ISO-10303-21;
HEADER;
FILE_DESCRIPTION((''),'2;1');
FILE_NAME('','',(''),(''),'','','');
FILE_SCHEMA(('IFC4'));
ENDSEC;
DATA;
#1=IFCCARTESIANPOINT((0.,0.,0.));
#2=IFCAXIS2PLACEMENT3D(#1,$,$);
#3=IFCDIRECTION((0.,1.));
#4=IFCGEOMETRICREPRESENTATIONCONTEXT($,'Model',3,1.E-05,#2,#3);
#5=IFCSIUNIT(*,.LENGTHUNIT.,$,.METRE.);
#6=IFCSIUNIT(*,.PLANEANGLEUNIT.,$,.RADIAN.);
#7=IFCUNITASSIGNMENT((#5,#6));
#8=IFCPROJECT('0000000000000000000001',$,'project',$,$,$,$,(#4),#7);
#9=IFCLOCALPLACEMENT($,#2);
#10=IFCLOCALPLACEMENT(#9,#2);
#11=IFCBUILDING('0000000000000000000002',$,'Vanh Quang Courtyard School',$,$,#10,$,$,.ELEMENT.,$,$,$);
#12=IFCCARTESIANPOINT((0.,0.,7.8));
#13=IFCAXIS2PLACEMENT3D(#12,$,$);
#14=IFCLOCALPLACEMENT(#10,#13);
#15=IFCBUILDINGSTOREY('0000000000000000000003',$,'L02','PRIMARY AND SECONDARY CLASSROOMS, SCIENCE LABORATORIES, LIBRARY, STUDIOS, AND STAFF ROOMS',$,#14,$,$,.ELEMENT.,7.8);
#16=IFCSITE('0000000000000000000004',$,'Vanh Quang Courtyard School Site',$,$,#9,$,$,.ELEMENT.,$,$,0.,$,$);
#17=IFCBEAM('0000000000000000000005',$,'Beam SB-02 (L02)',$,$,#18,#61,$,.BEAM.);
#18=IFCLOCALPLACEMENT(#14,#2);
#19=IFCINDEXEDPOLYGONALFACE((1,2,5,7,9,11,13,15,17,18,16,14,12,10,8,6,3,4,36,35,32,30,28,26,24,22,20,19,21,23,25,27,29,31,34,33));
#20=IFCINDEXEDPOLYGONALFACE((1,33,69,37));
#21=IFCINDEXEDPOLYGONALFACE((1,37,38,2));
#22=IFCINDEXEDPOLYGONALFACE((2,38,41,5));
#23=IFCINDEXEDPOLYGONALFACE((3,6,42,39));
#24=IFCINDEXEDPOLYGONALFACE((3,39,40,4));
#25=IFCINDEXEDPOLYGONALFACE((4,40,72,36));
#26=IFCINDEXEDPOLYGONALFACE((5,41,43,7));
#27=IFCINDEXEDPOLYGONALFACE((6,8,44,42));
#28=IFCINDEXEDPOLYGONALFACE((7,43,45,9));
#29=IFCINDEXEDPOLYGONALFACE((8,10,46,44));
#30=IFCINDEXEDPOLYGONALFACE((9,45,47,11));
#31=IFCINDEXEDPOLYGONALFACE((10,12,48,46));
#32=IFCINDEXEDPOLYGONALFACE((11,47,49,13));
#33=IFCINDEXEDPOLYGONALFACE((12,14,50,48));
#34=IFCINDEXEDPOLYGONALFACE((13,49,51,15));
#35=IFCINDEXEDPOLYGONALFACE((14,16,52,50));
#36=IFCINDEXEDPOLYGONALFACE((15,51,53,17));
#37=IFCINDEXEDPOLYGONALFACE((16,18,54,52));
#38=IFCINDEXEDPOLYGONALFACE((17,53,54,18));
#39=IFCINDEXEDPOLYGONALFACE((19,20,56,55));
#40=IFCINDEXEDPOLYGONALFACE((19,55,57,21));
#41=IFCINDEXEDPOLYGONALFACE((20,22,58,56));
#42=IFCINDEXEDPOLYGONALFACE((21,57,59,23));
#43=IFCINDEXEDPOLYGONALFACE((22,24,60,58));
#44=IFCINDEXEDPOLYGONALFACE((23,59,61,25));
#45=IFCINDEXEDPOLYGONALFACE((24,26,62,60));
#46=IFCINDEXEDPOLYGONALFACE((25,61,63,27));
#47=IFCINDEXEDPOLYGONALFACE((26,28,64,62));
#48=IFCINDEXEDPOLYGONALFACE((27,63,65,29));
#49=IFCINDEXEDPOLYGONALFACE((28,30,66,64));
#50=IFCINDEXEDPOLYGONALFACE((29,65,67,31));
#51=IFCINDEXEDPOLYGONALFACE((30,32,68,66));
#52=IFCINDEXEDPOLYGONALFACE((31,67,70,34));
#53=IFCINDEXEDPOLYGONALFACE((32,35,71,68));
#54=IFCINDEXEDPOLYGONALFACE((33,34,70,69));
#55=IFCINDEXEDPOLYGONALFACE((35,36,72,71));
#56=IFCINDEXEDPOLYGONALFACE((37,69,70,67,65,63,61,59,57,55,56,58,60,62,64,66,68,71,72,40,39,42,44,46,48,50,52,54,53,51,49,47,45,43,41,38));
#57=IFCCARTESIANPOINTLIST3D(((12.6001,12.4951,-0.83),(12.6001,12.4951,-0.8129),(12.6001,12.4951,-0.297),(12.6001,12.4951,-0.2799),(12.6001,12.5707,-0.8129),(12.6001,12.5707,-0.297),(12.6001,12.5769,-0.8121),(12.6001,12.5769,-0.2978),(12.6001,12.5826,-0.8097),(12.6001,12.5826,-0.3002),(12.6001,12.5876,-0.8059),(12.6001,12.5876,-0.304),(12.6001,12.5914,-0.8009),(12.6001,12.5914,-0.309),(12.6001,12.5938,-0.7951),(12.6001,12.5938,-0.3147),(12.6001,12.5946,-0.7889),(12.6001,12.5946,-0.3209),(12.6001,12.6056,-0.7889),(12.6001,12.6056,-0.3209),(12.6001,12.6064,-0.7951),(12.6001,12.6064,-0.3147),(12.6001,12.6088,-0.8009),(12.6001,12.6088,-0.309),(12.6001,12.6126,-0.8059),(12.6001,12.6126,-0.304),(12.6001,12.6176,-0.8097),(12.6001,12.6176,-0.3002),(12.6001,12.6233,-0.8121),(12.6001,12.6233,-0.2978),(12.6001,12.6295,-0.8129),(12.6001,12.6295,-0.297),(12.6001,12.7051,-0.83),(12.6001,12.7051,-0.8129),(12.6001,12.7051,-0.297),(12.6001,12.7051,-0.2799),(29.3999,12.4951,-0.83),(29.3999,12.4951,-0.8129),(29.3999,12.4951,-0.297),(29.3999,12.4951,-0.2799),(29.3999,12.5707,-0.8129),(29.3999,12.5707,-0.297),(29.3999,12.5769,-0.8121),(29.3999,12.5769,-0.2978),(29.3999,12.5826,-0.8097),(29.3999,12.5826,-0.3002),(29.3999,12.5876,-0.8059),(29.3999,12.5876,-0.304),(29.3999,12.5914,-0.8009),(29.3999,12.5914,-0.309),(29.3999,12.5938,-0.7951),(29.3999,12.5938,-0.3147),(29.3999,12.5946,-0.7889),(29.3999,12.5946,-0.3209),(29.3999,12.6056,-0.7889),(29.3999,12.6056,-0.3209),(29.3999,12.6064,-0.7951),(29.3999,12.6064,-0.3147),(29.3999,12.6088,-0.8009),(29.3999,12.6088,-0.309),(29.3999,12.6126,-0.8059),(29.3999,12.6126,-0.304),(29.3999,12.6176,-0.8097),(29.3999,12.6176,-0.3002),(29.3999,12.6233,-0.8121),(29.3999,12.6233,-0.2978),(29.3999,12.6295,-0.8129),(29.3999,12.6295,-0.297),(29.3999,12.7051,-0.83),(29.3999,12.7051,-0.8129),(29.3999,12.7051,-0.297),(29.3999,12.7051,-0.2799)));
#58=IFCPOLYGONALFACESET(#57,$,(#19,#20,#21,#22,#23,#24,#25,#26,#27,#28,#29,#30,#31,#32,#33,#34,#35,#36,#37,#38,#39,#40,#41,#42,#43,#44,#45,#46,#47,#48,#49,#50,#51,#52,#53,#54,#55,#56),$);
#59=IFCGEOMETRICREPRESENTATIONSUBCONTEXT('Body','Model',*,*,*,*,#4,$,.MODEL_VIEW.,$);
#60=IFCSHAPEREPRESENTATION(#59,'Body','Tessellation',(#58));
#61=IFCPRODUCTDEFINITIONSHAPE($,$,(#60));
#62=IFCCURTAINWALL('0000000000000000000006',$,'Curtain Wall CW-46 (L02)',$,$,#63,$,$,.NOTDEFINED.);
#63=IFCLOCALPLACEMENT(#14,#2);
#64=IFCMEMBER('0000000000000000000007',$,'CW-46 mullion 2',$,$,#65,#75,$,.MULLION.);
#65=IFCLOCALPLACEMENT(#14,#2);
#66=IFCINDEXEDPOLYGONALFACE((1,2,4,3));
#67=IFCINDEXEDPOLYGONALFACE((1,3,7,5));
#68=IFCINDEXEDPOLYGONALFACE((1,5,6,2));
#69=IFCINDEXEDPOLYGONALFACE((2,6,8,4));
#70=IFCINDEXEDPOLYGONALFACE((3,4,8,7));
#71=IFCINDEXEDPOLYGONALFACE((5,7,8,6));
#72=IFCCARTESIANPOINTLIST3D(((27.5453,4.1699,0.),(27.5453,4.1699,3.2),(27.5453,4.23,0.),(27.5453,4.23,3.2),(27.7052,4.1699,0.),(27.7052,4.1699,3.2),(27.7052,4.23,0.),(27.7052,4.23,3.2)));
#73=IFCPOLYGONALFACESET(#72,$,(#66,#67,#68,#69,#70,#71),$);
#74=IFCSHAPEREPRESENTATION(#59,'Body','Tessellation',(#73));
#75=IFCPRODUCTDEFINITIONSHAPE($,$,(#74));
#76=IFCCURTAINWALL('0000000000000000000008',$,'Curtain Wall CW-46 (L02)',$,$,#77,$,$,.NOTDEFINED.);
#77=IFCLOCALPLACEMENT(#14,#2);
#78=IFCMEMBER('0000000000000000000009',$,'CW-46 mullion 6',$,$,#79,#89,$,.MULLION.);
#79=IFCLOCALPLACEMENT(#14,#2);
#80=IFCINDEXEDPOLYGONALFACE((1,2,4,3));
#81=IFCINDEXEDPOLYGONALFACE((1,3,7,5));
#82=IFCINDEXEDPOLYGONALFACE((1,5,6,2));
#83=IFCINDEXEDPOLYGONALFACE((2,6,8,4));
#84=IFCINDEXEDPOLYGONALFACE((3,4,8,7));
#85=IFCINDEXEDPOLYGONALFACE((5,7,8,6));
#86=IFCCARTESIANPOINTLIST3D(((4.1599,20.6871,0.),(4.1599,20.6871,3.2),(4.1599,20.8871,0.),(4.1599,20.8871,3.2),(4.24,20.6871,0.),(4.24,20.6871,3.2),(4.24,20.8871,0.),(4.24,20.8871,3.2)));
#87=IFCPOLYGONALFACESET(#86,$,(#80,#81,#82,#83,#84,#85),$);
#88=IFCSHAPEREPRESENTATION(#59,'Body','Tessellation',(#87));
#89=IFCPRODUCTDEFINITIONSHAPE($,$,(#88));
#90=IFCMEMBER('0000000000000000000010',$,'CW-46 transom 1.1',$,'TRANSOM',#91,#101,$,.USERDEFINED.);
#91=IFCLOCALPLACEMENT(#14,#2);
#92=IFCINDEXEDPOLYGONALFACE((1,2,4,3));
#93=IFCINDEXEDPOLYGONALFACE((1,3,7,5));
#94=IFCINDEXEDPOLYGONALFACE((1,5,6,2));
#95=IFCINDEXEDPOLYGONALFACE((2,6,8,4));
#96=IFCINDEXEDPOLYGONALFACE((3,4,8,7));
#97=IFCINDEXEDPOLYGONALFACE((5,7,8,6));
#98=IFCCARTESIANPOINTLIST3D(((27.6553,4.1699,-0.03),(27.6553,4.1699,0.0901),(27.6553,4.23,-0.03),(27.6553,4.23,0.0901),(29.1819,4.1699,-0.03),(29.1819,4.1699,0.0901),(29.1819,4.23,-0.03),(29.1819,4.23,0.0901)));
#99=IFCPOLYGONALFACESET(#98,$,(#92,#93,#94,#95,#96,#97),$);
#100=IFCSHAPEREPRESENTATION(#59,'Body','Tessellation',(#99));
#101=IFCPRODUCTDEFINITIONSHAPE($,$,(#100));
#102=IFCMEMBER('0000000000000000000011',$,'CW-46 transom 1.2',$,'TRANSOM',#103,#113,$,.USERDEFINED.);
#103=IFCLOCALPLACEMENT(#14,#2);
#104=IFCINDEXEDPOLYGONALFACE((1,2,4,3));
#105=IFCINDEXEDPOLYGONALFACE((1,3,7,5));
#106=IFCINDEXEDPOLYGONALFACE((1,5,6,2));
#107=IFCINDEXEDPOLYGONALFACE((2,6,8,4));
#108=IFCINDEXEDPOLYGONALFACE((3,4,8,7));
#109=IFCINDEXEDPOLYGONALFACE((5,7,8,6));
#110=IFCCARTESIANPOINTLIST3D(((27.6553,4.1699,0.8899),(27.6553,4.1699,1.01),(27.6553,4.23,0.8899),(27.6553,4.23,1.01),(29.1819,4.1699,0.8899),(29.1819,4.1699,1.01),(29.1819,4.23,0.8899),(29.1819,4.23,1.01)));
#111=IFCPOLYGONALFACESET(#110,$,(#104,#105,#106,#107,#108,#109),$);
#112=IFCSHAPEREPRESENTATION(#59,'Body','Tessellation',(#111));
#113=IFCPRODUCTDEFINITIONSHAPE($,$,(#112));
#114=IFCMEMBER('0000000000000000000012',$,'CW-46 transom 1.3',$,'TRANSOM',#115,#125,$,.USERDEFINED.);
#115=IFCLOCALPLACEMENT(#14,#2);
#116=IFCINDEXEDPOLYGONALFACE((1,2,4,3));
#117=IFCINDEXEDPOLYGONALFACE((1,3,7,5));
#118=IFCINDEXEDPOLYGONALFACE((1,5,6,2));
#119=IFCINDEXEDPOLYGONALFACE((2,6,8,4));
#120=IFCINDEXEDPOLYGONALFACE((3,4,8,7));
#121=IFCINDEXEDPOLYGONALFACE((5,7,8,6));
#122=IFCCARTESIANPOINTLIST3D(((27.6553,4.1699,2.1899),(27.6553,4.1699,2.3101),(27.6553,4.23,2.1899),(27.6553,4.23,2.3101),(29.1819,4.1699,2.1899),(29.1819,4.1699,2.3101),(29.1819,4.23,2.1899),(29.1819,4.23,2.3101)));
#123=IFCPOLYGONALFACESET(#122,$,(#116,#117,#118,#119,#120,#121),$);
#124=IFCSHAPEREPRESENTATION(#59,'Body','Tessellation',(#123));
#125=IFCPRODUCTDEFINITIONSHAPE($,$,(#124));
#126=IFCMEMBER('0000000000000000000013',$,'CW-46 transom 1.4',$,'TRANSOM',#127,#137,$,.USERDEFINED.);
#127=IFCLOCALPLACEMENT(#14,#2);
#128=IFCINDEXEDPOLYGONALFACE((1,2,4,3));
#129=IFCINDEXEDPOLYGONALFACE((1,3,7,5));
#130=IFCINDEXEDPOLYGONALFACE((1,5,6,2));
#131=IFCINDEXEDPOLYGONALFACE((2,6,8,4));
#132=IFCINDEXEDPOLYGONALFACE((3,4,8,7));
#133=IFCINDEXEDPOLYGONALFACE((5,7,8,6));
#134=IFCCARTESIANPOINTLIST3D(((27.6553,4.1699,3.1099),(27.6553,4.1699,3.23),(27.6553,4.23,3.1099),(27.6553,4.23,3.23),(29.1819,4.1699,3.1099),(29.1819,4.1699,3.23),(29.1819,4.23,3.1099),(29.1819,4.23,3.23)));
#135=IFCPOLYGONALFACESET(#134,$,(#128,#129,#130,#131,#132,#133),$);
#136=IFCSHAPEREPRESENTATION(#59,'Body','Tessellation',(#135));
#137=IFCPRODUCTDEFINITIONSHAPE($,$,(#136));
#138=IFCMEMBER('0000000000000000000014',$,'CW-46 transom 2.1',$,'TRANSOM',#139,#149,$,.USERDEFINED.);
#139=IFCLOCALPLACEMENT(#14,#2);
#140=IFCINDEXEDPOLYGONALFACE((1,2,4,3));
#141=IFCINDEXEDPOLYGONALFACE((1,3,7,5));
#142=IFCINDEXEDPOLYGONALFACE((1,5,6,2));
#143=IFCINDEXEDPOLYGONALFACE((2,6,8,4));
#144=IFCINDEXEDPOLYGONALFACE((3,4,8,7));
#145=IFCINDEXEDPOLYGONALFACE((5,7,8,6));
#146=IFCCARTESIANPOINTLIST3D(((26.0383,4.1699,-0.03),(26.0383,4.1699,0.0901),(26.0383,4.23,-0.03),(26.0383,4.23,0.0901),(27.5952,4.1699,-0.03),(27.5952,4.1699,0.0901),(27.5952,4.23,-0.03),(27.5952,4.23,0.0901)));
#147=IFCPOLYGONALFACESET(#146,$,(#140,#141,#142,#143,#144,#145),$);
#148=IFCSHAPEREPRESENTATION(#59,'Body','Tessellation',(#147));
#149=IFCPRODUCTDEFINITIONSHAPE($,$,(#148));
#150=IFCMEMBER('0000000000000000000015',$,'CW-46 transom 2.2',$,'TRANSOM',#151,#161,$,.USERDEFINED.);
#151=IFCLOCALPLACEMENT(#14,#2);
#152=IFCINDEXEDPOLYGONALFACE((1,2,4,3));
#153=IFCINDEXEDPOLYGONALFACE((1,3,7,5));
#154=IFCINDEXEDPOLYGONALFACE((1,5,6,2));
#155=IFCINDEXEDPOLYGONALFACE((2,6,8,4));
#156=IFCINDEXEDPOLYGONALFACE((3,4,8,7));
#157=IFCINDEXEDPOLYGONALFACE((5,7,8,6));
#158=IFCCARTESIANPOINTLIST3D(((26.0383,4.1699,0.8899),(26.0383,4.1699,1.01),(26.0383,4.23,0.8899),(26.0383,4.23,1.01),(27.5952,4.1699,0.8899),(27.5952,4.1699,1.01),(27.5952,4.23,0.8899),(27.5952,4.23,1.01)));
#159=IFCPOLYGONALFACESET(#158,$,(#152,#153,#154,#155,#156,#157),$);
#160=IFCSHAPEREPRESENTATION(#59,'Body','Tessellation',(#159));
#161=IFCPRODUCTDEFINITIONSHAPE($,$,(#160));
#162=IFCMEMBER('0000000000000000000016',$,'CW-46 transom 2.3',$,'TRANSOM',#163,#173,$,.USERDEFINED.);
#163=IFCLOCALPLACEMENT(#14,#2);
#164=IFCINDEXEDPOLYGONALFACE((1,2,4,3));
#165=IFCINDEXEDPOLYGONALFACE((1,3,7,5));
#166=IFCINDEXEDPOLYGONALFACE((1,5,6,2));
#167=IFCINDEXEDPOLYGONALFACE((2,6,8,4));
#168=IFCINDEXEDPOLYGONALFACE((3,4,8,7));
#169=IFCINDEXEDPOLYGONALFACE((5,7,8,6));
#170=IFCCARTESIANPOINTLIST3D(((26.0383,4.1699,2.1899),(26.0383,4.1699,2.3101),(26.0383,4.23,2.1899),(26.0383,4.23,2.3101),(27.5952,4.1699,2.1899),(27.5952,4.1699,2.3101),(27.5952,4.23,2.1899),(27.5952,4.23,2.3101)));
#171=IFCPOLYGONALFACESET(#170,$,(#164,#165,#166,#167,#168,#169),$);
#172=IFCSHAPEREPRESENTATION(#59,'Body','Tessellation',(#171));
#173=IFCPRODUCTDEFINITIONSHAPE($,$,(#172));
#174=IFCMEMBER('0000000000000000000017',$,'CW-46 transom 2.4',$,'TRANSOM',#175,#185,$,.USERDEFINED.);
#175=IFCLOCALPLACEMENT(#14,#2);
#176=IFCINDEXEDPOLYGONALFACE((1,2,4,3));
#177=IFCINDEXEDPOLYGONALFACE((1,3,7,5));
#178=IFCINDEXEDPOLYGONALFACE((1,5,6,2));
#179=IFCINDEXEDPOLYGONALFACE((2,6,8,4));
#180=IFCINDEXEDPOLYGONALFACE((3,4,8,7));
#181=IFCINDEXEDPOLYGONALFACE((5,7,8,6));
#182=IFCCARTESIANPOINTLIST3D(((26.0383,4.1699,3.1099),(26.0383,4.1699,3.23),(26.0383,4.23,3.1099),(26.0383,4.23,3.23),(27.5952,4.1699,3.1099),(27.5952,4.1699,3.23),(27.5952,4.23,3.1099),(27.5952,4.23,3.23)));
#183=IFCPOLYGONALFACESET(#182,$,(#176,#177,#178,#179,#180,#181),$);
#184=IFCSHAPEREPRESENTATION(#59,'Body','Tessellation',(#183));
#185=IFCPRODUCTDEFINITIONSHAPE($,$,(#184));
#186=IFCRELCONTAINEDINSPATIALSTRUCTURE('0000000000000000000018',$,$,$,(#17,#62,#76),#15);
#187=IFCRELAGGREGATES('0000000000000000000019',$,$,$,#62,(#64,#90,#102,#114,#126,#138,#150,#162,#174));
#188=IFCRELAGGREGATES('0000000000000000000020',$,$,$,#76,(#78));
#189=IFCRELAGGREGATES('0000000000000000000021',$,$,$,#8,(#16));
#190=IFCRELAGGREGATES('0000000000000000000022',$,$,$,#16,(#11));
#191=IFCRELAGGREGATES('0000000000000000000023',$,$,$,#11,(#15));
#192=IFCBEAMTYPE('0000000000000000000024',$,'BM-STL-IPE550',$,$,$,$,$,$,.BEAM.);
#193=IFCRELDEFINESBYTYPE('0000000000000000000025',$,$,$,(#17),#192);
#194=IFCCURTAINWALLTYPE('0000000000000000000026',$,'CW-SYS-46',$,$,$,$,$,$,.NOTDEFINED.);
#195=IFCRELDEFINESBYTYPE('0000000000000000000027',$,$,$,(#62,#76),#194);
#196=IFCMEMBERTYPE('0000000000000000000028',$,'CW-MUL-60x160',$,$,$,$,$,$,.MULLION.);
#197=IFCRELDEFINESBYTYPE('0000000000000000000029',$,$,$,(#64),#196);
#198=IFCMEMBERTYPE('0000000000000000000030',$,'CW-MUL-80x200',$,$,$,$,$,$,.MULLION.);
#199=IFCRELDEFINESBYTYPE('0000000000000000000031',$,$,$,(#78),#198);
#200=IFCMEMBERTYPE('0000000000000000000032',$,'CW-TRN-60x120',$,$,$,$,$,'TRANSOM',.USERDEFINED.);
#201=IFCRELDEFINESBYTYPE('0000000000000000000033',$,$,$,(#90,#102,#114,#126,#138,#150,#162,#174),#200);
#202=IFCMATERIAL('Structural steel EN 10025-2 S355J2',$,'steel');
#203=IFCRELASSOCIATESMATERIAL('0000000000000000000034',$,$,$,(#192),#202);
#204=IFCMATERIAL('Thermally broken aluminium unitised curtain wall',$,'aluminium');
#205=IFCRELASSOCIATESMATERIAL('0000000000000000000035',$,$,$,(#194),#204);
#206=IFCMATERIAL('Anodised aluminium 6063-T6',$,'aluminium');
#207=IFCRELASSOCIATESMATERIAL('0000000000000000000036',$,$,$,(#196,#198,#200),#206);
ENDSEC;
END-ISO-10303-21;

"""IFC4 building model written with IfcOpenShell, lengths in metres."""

from ifc_helpers import new_model, si_unit, direction, frame, origin, origin_2d, place, context, subcontext, project, spatial, rectangle, i_section, extrude, material, material_profile, profile_set, type_object, element, aggregate, save


model = new_model("IFC4")

# Units and contexts
model_context = context("Model", 3, precision=1e-05, world=origin(), true_north=direction((0.0, 1.0)))
body_context = subcontext(model_context, "Body", "Model", "MODEL_VIEW")
ifc_project = project(units=[si_unit("LENGTHUNIT", "METRE"), si_unit("PLANEANGLEUNIT", "RADIAN")], contexts=[model_context])

# Site, building, storey
site_placement = place(None, origin())
site = spatial("IfcSite", under=ifc_project, at=site_placement, Name="Vanh Quang Courtyard School Site", CompositionType="ELEMENT", RefElevation=0.0)
building_placement = place(site_placement, origin())
building = spatial("IfcBuilding", under=site, at=building_placement, Name="Vanh Quang Courtyard School", CompositionType="ELEMENT")
storey_placement = place(building_placement, frame((0.0, 0.0, 7.8)))
storey = spatial("IfcBuildingStorey", under=building, at=storey_placement, Name="L02", Description="PRIMARY AND SECONDARY CLASSROOMS, SCIENCE LABORATORIES, LIBRARY, STUDIOS, AND STAFF ROOMS", CompositionType="ELEMENT", Elevation=7.8)

# Shared definitions
ifc_material_1 = material(Name="Structural steel EN 10025-2 S355J2", Category="steel")

# Beam
ifc_material_profile_1 = material_profile(ifc_material_1, i_section(OverallWidth=0.21, OverallDepth=0.55, WebThickness=0.011, FlangeThickness=0.0171, FilletRadius=0.0239, at=origin_2d()), Name="IPE 550")
ifc_profile_set_1 = profile_set([ifc_material_profile_1], Name="Structural steel EN 10025-2 S355J2")
beam_type_1 = type_object("IfcBeamType", Name="BM-STL-IPE550", PredefinedType="BEAM", material=ifc_profile_set_1)
beam_1_placement = place(storey_placement, frame((12.6001, 12.6001, -0.5549), z_axis=(1.0, 0.0, 0.0), x_axis=(0.0, 1.0, 0.0)))
element("IfcBeam", 1, at=beam_1_placement, inside=storey, type_object=beam_type_1, Name="Beam SB-02 (L02)", PredefinedType="BEAM", context=body_context, shape_type="SweptSolid", body=[
    extrude(i_section(OverallWidth=0.21, OverallDepth=0.55, WebThickness=0.011, FlangeThickness=0.0171, FilletRadius=0.0239, at=origin_2d()), origin(), (0.0, 0.0, 1.0), 16.7998),
])

# Curtain walls, members
ifc_material_2 = material(Name="Thermally broken aluminium unitised curtain wall", Category="aluminium")
curtain_wall_type = type_object("IfcCurtainWallType", Name="CW-SYS-46", PredefinedType="NOTDEFINED", material=ifc_material_2)
curtain_wall_1_placement = place(storey_placement, origin())
curtain_wall_1 = element("IfcCurtainWall", 2, at=curtain_wall_1_placement, inside=storey, type_object=curtain_wall_type, Name="Curtain Wall CW-46 (L02)", PredefinedType="NOTDEFINED")
ifc_material_3 = material(Name="Anodised aluminium 6063-T6", Category="aluminium")
ifc_material_profile_2 = material_profile(ifc_material_3, rectangle(XDim=0.0601, YDim=0.1599, at=origin_2d()), Name="ALU-MUL 60x160")
ifc_profile_set_2 = profile_set([ifc_material_profile_2], Name="Anodised aluminium 6063-T6")
member_type_1 = type_object("IfcMemberType", Name="CW-MUL-60x160", PredefinedType="MULLION", material=ifc_profile_set_2)
member_1_placement = place(storey_placement, frame((27.6252, 4.2, 0.0), z_axis=(0.0, 0.0, 1.0), x_axis=(0.0, -1.0, 0.0)))
member_1 = element("IfcMember", 3, at=member_1_placement, type_object=member_type_1, Name="CW-46 mullion 2", PredefinedType="MULLION", context=body_context, shape_type="SweptSolid", body=[
    extrude(rectangle(XDim=0.0601, YDim=0.1599, at=origin_2d()), origin(), (0.0, 0.0, 1.0), 3.2),
])
curtain_wall_2_placement = place(storey_placement, origin())
curtain_wall_2 = element("IfcCurtainWall", 4, at=curtain_wall_2_placement, inside=storey, type_object=curtain_wall_type, Name="Curtain Wall CW-46 (L02)", PredefinedType="NOTDEFINED")
ifc_material_profile_3 = material_profile(ifc_material_3, rectangle(XDim=0.0801, YDim=0.2, at=origin_2d()), Name="ALU-MUL 80x200")
ifc_profile_set_3 = profile_set([ifc_material_profile_3], Name="Anodised aluminium 6063-T6")
member_type_2 = type_object("IfcMemberType", Name="CW-MUL-80x200", PredefinedType="MULLION", material=ifc_profile_set_3)
member_2_placement = place(storey_placement, frame((4.2, 20.7871, 0.0), z_axis=(0.0, 0.0, 1.0), x_axis=(-1.0, 0.0, 0.0)))
member_2 = element("IfcMember", 5, at=member_2_placement, type_object=member_type_2, Name="CW-46 mullion 6", PredefinedType="MULLION", context=body_context, shape_type="SweptSolid", body=[
    extrude(rectangle(XDim=0.0801, YDim=0.2, at=origin_2d()), origin(), (0.0, 0.0, 1.0), 3.2),
])

# Members
ifc_material_profile_4 = material_profile(ifc_material_3, rectangle(XDim=0.0601, YDim=0.1201, at=origin_2d()), Name="ALU-TRN 60x120")
ifc_profile_set_4 = profile_set([ifc_material_profile_4], Name="Anodised aluminium 6063-T6")
member_type_3 = type_object("IfcMemberType", Name="CW-TRN-60x120", ElementType="TRANSOM", PredefinedType="USERDEFINED", material=ifc_profile_set_4)
member_3_placement = place(storey_placement, frame((29.1819, 4.2, 0.03), z_axis=(-1.0, 0.0, 0.0), x_axis=(0.0, -1.0, 0.0)))
member_3 = element("IfcMember", 6, at=member_3_placement, type_object=member_type_3, Name="CW-46 transom 1.1", ObjectType="TRANSOM", PredefinedType="USERDEFINED", context=body_context, shape_type="SweptSolid", body=[
    extrude(rectangle(XDim=0.0601, YDim=0.1201, at=origin_2d()), origin(), (0.0, 0.0, 1.0), 1.5266),
])
member_4_placement = place(storey_placement, frame((29.1819, 4.2, 0.95), z_axis=(-1.0, 0.0, 0.0), x_axis=(0.0, -1.0, 0.0)))
member_4 = element("IfcMember", 7, at=member_4_placement, type_object=member_type_3, Name="CW-46 transom 1.2", ObjectType="TRANSOM", PredefinedType="USERDEFINED", context=body_context, shape_type="SweptSolid", body=[
    extrude(rectangle(XDim=0.0601, YDim=0.1201, at=origin_2d()), origin(), (0.0, 0.0, 1.0), 1.5266),
])
member_5_placement = place(storey_placement, frame((29.1819, 4.2, 2.25), z_axis=(-1.0, 0.0, 0.0), x_axis=(0.0, -1.0, 0.0)))
member_5 = element("IfcMember", 8, at=member_5_placement, type_object=member_type_3, Name="CW-46 transom 1.3", ObjectType="TRANSOM", PredefinedType="USERDEFINED", context=body_context, shape_type="SweptSolid", body=[
    extrude(rectangle(XDim=0.0601, YDim=0.1201, at=origin_2d()), origin(), (0.0, 0.0, 1.0), 1.5266),
])
member_6_placement = place(storey_placement, frame((29.1819, 4.2, 3.1699), z_axis=(-1.0, 0.0, 0.0), x_axis=(0.0, -1.0, 0.0)))
member_6 = element("IfcMember", 9, at=member_6_placement, type_object=member_type_3, Name="CW-46 transom 1.4", ObjectType="TRANSOM", PredefinedType="USERDEFINED", context=body_context, shape_type="SweptSolid", body=[
    extrude(rectangle(XDim=0.0601, YDim=0.1201, at=origin_2d()), origin(), (0.0, 0.0, 1.0), 1.5266),
])
member_7_placement = place(storey_placement, frame((27.5952, 4.2, 0.03), z_axis=(-1.0, 0.0, 0.0), x_axis=(0.0, -1.0, 0.0)))
member_7 = element("IfcMember", 10, at=member_7_placement, type_object=member_type_3, Name="CW-46 transom 2.1", ObjectType="TRANSOM", PredefinedType="USERDEFINED", context=body_context, shape_type="SweptSolid", body=[
    extrude(rectangle(XDim=0.0601, YDim=0.1201, at=origin_2d()), origin(), (0.0, 0.0, 1.0), 1.5569),
])
member_8_placement = place(storey_placement, frame((27.5952, 4.2, 0.95), z_axis=(-1.0, 0.0, 0.0), x_axis=(0.0, -1.0, 0.0)))
member_8 = element("IfcMember", 11, at=member_8_placement, type_object=member_type_3, Name="CW-46 transom 2.2", ObjectType="TRANSOM", PredefinedType="USERDEFINED", context=body_context, shape_type="SweptSolid", body=[
    extrude(rectangle(XDim=0.0601, YDim=0.1201, at=origin_2d()), origin(), (0.0, 0.0, 1.0), 1.5569),
])
member_9_placement = place(storey_placement, frame((27.5952, 4.2, 2.25), z_axis=(-1.0, 0.0, 0.0), x_axis=(0.0, -1.0, 0.0)))
member_9 = element("IfcMember", 12, at=member_9_placement, type_object=member_type_3, Name="CW-46 transom 2.3", ObjectType="TRANSOM", PredefinedType="USERDEFINED", context=body_context, shape_type="SweptSolid", body=[
    extrude(rectangle(XDim=0.0601, YDim=0.1201, at=origin_2d()), origin(), (0.0, 0.0, 1.0), 1.5569),
])
member_10_placement = place(storey_placement, frame((27.5952, 4.2, 3.1699), z_axis=(-1.0, 0.0, 0.0), x_axis=(0.0, -1.0, 0.0)))
member_10 = element("IfcMember", 13, at=member_10_placement, type_object=member_type_3, Name="CW-46 transom 2.4", ObjectType="TRANSOM", PredefinedType="USERDEFINED", context=body_context, shape_type="SweptSolid", body=[
    extrude(rectangle(XDim=0.0601, YDim=0.1201, at=origin_2d()), origin(), (0.0, 0.0, 1.0), 1.5569),
])

aggregate(curtain_wall_1, [member_1, member_3, member_4, member_5, member_6, member_7, member_8, member_9, member_10])
aggregate(curtain_wall_2, [member_2])

save(model, "model.ifc")
